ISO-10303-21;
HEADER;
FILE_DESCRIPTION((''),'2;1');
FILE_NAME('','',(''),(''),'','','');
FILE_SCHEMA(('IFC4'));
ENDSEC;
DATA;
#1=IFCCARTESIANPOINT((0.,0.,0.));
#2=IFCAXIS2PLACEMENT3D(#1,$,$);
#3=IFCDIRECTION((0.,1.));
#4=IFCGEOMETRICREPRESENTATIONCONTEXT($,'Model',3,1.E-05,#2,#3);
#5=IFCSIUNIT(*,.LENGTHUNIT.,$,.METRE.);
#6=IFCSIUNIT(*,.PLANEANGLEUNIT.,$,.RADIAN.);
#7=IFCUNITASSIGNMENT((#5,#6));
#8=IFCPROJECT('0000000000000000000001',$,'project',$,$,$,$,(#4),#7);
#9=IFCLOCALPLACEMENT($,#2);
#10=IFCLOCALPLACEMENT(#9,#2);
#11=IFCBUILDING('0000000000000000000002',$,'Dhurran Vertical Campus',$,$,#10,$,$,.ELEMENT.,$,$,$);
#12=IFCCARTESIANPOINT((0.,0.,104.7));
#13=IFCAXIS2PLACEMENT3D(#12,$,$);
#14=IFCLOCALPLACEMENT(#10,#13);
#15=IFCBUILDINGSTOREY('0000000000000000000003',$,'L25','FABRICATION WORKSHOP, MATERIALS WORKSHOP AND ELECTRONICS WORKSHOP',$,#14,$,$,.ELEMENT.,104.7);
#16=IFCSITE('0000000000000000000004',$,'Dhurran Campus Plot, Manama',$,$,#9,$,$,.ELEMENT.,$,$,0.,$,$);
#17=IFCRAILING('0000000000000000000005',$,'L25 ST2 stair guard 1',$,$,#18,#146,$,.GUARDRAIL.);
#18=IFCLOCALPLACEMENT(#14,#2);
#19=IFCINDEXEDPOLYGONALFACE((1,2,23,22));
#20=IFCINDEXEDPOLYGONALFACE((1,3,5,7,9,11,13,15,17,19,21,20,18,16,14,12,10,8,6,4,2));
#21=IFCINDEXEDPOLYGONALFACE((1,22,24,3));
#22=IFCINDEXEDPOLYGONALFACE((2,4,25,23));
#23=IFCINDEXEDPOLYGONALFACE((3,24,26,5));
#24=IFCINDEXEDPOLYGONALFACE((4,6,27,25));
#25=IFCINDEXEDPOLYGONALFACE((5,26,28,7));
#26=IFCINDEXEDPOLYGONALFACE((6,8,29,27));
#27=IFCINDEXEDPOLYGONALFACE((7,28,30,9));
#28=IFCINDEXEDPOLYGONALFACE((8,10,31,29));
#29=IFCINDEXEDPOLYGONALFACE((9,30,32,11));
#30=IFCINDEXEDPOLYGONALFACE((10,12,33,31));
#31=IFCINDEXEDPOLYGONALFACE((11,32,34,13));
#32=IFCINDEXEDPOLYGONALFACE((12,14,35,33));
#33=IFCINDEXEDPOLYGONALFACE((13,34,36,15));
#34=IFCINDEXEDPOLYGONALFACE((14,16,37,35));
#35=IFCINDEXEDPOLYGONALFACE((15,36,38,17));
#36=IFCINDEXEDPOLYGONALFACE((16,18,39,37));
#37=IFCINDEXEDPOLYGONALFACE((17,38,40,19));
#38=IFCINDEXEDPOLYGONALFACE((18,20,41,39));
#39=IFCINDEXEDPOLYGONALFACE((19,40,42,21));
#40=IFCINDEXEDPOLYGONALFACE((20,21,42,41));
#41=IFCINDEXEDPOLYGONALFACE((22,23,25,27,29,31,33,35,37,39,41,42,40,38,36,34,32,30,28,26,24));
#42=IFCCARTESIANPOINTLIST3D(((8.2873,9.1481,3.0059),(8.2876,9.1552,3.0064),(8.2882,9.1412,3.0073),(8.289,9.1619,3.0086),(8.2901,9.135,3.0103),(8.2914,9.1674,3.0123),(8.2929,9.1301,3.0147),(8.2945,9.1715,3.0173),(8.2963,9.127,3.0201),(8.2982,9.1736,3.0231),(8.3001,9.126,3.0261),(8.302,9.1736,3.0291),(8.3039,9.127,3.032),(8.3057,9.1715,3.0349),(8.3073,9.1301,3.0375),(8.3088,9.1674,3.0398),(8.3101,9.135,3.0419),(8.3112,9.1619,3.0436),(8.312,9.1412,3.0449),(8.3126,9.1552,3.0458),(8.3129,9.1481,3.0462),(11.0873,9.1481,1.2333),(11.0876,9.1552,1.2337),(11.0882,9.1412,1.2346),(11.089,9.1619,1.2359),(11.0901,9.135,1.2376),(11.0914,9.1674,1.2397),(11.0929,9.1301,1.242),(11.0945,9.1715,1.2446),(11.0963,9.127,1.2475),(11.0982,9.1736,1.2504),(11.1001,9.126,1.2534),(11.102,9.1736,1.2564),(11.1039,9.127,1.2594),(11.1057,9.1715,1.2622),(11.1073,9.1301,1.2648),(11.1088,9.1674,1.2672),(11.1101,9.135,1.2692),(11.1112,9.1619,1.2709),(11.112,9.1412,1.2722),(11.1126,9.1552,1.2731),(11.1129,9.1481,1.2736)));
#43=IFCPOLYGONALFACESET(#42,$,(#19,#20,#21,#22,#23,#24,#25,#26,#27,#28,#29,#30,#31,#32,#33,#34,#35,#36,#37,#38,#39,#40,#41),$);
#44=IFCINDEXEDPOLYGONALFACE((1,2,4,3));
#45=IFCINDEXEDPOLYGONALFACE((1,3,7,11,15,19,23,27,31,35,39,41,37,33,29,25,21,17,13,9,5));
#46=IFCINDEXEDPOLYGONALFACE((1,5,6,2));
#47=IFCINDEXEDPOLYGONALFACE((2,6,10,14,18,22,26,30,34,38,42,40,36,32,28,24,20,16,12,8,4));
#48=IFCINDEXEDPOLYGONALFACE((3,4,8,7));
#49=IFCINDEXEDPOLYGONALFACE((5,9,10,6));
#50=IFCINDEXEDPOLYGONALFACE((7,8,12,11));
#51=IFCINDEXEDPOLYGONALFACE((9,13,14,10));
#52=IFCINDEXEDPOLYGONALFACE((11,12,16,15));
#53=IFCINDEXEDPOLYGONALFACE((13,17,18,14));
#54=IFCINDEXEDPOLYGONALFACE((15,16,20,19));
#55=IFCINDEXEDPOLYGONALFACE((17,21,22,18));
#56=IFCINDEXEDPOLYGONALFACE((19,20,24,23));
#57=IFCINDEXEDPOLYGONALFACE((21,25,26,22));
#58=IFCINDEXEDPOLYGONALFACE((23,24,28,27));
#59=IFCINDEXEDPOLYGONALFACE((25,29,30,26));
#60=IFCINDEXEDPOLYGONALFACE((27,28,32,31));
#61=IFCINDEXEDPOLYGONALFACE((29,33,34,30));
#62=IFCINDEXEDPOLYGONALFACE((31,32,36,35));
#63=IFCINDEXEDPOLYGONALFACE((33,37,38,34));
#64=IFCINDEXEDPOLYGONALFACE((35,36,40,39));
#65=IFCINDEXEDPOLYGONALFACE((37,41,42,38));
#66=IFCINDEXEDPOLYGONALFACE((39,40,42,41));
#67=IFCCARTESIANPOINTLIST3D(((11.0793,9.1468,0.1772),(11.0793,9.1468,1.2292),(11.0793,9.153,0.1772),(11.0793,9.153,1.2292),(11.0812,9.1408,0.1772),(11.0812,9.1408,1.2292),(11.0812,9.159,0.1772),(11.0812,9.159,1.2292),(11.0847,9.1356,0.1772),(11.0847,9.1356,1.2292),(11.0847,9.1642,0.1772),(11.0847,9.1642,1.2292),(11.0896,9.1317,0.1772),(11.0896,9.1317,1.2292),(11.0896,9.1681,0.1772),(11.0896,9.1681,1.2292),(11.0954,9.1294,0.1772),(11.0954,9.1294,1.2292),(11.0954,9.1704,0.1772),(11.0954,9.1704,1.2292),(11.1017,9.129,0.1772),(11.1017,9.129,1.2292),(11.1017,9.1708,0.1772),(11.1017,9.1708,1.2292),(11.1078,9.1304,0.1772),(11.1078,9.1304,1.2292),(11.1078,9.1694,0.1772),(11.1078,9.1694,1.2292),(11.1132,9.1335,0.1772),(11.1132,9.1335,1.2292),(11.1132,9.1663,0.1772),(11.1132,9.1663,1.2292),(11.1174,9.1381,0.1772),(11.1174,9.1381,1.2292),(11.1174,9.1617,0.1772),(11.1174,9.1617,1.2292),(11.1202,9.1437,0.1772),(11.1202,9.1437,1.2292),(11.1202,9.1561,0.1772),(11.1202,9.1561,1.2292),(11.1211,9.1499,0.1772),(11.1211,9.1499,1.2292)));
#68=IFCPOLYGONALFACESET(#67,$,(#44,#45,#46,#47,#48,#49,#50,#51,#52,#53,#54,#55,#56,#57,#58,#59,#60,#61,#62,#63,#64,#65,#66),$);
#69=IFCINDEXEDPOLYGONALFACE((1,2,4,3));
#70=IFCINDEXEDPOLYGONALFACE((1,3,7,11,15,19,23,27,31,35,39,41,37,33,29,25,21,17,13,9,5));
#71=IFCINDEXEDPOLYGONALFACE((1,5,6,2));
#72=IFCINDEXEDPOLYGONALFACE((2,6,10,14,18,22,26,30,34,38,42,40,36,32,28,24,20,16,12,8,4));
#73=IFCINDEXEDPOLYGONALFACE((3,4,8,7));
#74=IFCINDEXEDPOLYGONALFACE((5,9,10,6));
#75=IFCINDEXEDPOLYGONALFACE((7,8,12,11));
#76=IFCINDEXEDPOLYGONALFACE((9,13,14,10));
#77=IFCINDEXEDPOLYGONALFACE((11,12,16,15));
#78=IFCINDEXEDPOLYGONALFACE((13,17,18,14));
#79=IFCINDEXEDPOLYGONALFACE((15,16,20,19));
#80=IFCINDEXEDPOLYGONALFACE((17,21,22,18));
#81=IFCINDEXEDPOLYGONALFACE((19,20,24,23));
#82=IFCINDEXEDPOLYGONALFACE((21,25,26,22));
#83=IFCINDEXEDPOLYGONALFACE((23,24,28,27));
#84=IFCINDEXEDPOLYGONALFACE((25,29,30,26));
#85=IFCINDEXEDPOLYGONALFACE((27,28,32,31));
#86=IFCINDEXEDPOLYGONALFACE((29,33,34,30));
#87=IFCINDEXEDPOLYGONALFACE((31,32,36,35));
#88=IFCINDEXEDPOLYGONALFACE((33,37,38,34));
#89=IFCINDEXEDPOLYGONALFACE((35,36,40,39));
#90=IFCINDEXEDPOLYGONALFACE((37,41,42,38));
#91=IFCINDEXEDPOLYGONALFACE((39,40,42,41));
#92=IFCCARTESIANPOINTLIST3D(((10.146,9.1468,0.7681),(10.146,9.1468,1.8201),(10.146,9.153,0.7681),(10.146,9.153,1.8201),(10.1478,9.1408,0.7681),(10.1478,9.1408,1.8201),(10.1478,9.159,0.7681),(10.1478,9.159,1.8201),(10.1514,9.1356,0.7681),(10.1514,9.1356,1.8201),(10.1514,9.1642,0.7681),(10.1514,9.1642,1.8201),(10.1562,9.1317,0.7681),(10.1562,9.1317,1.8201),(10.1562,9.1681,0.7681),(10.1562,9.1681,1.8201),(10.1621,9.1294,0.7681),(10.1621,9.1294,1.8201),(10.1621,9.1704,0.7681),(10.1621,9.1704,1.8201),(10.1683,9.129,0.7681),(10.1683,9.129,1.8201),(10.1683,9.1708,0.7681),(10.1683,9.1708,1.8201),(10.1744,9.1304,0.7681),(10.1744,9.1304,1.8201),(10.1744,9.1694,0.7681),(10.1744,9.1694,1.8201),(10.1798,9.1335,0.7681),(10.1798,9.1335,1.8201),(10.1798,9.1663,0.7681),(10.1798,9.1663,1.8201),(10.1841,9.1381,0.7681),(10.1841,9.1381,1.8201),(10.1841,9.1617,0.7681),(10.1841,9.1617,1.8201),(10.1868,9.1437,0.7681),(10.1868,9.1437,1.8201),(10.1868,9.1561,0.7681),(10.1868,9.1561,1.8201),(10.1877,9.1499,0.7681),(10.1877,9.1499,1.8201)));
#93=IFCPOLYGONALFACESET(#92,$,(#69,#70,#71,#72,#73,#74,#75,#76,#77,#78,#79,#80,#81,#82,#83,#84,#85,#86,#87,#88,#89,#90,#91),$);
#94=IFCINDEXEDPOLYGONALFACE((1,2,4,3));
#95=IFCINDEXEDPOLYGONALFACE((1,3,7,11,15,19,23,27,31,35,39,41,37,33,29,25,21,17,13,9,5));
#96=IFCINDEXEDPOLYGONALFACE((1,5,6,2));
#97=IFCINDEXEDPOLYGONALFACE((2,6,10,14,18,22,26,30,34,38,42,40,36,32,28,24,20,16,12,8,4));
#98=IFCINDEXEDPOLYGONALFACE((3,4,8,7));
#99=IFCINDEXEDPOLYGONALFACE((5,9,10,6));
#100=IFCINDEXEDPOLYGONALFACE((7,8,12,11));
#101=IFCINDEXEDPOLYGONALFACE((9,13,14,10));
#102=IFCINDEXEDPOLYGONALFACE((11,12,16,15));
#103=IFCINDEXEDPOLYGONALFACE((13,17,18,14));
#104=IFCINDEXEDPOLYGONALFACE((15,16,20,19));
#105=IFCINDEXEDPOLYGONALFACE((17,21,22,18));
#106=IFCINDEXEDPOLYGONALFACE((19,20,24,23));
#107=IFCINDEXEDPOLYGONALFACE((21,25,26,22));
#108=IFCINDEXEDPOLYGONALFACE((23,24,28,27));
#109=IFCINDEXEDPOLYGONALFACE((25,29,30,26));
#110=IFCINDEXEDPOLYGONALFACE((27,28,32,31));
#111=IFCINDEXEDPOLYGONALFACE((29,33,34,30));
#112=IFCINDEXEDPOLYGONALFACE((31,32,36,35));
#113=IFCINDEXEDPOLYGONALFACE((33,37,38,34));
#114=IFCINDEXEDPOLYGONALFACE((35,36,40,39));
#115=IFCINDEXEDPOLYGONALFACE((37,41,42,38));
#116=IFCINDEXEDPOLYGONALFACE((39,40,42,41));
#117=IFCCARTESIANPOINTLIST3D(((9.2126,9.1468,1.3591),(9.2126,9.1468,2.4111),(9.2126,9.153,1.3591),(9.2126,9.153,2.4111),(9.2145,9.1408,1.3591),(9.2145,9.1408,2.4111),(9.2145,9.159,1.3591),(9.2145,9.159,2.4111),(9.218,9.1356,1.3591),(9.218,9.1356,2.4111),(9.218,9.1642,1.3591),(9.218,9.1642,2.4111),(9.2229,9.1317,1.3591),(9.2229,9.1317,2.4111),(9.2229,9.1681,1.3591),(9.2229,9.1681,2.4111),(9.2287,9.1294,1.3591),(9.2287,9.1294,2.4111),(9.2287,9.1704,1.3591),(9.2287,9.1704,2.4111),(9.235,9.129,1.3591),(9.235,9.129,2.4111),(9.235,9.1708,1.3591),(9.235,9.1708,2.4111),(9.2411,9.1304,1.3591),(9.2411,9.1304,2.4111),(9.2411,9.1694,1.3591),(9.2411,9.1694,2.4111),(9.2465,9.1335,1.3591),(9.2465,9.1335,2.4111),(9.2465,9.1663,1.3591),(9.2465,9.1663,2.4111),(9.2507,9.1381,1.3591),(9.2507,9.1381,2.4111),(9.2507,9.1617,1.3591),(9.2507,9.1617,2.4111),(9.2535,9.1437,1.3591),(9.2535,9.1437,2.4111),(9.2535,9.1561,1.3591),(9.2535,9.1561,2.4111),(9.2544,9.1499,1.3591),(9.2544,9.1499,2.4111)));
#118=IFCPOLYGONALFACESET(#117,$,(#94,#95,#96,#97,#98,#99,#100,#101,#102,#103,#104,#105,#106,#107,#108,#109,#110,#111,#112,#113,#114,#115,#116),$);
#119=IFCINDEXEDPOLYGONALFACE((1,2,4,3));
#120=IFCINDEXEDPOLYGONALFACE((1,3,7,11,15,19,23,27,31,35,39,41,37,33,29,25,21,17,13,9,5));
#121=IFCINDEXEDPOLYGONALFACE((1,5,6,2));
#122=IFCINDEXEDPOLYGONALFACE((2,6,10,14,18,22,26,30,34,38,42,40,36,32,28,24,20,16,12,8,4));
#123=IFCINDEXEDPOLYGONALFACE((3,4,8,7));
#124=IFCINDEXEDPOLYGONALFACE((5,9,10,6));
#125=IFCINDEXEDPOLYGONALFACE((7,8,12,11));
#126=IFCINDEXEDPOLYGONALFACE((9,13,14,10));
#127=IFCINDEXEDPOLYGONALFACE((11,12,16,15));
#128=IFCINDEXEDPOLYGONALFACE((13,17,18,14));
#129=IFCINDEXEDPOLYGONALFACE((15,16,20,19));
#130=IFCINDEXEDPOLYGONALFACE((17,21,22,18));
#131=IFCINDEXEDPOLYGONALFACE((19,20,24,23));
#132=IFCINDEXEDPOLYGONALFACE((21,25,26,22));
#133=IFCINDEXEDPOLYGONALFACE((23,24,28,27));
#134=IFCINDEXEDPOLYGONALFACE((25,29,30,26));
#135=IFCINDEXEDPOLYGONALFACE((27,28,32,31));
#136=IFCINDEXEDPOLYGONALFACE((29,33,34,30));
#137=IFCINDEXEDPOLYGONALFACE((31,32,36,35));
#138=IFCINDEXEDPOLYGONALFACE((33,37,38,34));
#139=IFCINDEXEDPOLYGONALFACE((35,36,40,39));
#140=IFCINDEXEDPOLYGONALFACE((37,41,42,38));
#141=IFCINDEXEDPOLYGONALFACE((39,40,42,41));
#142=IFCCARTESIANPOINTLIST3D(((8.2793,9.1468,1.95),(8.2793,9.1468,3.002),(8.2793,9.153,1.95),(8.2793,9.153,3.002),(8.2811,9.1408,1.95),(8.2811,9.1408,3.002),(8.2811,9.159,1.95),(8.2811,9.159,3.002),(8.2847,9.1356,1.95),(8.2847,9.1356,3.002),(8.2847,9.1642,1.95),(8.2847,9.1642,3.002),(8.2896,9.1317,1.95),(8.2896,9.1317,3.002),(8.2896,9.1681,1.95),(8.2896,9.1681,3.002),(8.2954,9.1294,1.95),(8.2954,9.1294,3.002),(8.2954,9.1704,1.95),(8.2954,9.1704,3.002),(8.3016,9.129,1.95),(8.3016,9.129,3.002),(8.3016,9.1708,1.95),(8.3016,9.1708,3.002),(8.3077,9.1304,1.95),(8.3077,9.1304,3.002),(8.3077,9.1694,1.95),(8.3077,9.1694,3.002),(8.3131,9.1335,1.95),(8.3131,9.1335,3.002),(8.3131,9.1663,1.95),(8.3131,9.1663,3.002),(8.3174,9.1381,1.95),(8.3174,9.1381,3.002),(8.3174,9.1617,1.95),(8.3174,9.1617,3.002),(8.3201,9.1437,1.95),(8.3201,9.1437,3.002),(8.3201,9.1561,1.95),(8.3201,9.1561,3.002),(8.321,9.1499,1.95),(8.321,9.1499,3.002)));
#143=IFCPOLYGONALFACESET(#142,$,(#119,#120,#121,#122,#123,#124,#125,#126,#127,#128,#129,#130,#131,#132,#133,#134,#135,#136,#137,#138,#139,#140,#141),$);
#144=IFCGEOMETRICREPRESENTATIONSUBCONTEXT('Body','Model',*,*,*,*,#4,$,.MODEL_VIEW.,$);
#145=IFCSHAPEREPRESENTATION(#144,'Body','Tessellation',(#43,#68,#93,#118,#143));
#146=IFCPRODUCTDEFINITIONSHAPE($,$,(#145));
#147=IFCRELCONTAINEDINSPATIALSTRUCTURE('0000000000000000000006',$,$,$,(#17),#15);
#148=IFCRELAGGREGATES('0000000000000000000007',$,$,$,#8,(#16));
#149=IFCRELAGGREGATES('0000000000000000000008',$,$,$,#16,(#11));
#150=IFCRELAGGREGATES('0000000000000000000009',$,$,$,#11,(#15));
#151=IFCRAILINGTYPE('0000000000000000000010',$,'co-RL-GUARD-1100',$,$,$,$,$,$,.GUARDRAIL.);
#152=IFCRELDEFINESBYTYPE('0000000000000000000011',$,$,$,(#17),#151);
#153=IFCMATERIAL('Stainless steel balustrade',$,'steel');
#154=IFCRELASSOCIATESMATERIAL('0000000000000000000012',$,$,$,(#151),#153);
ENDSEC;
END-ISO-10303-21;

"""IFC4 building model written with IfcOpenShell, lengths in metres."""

from ifc_helpers import new_model, si_unit, direction, frame, origin, origin_2d, place, context, subcontext, project, spatial, circle, extrude, material, type_object, element, save


model = new_model("IFC4")

# Units and contexts
model_context = context("Model", 3, precision=1e-05, world=origin(), true_north=direction((0.0, 1.0)))
body_context = subcontext(model_context, "Body", "Model", "MODEL_VIEW")
ifc_project = project(units=[si_unit("LENGTHUNIT", "METRE"), si_unit("PLANEANGLEUNIT", "RADIAN")], contexts=[model_context])

# Site, building, storey
site_placement = place(None, origin())
site = spatial("IfcSite", under=ifc_project, at=site_placement, Name="Dhurran Campus Plot, Manama", CompositionType="ELEMENT", RefElevation=0.0)
building_placement = place(site_placement, origin())
building = spatial("IfcBuilding", under=site, at=building_placement, Name="Dhurran Vertical Campus", CompositionType="ELEMENT")
storey_placement = place(building_placement, frame((0.0, 0.0, 104.7)))
storey = spatial("IfcBuildingStorey", under=building, at=storey_placement, Name="L25", Description="FABRICATION WORKSHOP, MATERIALS WORKSHOP AND ELECTRONICS WORKSHOP", CompositionType="ELEMENT", Elevation=104.7)

# Railing
ifc_material_1 = material(Name="Stainless steel balustrade", Category="steel")
railing_type_1 = type_object("IfcRailingType", Name="co-RL-GUARD-1100", PredefinedType="GUARDRAIL", material=ifc_material_1)
railing_1_placement = place(storey_placement, frame((11.1001, 9.1499, 0.1772)))
element("IfcRailing", 1, at=railing_1_placement, inside=storey, type_object=railing_type_1, Name="L25 ST2 stair guard 1", PredefinedType="GUARDRAIL", context=body_context, shape_type="SweptSolid", body=[
    extrude(circle(Radius=0.0239, at=origin_2d()), frame((0.0, 0.0, 1.0762), z_axis=(-0.844909, 0.0, 0.53491), x_axis=(0.0, -1.0, 0.0)), (0.0, 0.0, 1.0), 3.314),
    extrude(circle(Radius=0.021, at=origin_2d()), origin(), (0.0, 0.0, 1.0), 1.052),
    extrude(circle(Radius=0.021, at=origin_2d()), frame((-0.9333, 0.0, 0.5908)), (0.0, 0.0, 1.0), 1.052),
    extrude(circle(Radius=0.021, at=origin_2d()), frame((-1.8667, 0.0, 1.1819)), (0.0, 0.0, 1.0), 1.052),
    extrude(circle(Radius=0.021, at=origin_2d()), frame((-2.8, 0.0, 1.7727)), (0.0, 0.0, 1.0), 1.052),
])

save(model, "model.ifc")
